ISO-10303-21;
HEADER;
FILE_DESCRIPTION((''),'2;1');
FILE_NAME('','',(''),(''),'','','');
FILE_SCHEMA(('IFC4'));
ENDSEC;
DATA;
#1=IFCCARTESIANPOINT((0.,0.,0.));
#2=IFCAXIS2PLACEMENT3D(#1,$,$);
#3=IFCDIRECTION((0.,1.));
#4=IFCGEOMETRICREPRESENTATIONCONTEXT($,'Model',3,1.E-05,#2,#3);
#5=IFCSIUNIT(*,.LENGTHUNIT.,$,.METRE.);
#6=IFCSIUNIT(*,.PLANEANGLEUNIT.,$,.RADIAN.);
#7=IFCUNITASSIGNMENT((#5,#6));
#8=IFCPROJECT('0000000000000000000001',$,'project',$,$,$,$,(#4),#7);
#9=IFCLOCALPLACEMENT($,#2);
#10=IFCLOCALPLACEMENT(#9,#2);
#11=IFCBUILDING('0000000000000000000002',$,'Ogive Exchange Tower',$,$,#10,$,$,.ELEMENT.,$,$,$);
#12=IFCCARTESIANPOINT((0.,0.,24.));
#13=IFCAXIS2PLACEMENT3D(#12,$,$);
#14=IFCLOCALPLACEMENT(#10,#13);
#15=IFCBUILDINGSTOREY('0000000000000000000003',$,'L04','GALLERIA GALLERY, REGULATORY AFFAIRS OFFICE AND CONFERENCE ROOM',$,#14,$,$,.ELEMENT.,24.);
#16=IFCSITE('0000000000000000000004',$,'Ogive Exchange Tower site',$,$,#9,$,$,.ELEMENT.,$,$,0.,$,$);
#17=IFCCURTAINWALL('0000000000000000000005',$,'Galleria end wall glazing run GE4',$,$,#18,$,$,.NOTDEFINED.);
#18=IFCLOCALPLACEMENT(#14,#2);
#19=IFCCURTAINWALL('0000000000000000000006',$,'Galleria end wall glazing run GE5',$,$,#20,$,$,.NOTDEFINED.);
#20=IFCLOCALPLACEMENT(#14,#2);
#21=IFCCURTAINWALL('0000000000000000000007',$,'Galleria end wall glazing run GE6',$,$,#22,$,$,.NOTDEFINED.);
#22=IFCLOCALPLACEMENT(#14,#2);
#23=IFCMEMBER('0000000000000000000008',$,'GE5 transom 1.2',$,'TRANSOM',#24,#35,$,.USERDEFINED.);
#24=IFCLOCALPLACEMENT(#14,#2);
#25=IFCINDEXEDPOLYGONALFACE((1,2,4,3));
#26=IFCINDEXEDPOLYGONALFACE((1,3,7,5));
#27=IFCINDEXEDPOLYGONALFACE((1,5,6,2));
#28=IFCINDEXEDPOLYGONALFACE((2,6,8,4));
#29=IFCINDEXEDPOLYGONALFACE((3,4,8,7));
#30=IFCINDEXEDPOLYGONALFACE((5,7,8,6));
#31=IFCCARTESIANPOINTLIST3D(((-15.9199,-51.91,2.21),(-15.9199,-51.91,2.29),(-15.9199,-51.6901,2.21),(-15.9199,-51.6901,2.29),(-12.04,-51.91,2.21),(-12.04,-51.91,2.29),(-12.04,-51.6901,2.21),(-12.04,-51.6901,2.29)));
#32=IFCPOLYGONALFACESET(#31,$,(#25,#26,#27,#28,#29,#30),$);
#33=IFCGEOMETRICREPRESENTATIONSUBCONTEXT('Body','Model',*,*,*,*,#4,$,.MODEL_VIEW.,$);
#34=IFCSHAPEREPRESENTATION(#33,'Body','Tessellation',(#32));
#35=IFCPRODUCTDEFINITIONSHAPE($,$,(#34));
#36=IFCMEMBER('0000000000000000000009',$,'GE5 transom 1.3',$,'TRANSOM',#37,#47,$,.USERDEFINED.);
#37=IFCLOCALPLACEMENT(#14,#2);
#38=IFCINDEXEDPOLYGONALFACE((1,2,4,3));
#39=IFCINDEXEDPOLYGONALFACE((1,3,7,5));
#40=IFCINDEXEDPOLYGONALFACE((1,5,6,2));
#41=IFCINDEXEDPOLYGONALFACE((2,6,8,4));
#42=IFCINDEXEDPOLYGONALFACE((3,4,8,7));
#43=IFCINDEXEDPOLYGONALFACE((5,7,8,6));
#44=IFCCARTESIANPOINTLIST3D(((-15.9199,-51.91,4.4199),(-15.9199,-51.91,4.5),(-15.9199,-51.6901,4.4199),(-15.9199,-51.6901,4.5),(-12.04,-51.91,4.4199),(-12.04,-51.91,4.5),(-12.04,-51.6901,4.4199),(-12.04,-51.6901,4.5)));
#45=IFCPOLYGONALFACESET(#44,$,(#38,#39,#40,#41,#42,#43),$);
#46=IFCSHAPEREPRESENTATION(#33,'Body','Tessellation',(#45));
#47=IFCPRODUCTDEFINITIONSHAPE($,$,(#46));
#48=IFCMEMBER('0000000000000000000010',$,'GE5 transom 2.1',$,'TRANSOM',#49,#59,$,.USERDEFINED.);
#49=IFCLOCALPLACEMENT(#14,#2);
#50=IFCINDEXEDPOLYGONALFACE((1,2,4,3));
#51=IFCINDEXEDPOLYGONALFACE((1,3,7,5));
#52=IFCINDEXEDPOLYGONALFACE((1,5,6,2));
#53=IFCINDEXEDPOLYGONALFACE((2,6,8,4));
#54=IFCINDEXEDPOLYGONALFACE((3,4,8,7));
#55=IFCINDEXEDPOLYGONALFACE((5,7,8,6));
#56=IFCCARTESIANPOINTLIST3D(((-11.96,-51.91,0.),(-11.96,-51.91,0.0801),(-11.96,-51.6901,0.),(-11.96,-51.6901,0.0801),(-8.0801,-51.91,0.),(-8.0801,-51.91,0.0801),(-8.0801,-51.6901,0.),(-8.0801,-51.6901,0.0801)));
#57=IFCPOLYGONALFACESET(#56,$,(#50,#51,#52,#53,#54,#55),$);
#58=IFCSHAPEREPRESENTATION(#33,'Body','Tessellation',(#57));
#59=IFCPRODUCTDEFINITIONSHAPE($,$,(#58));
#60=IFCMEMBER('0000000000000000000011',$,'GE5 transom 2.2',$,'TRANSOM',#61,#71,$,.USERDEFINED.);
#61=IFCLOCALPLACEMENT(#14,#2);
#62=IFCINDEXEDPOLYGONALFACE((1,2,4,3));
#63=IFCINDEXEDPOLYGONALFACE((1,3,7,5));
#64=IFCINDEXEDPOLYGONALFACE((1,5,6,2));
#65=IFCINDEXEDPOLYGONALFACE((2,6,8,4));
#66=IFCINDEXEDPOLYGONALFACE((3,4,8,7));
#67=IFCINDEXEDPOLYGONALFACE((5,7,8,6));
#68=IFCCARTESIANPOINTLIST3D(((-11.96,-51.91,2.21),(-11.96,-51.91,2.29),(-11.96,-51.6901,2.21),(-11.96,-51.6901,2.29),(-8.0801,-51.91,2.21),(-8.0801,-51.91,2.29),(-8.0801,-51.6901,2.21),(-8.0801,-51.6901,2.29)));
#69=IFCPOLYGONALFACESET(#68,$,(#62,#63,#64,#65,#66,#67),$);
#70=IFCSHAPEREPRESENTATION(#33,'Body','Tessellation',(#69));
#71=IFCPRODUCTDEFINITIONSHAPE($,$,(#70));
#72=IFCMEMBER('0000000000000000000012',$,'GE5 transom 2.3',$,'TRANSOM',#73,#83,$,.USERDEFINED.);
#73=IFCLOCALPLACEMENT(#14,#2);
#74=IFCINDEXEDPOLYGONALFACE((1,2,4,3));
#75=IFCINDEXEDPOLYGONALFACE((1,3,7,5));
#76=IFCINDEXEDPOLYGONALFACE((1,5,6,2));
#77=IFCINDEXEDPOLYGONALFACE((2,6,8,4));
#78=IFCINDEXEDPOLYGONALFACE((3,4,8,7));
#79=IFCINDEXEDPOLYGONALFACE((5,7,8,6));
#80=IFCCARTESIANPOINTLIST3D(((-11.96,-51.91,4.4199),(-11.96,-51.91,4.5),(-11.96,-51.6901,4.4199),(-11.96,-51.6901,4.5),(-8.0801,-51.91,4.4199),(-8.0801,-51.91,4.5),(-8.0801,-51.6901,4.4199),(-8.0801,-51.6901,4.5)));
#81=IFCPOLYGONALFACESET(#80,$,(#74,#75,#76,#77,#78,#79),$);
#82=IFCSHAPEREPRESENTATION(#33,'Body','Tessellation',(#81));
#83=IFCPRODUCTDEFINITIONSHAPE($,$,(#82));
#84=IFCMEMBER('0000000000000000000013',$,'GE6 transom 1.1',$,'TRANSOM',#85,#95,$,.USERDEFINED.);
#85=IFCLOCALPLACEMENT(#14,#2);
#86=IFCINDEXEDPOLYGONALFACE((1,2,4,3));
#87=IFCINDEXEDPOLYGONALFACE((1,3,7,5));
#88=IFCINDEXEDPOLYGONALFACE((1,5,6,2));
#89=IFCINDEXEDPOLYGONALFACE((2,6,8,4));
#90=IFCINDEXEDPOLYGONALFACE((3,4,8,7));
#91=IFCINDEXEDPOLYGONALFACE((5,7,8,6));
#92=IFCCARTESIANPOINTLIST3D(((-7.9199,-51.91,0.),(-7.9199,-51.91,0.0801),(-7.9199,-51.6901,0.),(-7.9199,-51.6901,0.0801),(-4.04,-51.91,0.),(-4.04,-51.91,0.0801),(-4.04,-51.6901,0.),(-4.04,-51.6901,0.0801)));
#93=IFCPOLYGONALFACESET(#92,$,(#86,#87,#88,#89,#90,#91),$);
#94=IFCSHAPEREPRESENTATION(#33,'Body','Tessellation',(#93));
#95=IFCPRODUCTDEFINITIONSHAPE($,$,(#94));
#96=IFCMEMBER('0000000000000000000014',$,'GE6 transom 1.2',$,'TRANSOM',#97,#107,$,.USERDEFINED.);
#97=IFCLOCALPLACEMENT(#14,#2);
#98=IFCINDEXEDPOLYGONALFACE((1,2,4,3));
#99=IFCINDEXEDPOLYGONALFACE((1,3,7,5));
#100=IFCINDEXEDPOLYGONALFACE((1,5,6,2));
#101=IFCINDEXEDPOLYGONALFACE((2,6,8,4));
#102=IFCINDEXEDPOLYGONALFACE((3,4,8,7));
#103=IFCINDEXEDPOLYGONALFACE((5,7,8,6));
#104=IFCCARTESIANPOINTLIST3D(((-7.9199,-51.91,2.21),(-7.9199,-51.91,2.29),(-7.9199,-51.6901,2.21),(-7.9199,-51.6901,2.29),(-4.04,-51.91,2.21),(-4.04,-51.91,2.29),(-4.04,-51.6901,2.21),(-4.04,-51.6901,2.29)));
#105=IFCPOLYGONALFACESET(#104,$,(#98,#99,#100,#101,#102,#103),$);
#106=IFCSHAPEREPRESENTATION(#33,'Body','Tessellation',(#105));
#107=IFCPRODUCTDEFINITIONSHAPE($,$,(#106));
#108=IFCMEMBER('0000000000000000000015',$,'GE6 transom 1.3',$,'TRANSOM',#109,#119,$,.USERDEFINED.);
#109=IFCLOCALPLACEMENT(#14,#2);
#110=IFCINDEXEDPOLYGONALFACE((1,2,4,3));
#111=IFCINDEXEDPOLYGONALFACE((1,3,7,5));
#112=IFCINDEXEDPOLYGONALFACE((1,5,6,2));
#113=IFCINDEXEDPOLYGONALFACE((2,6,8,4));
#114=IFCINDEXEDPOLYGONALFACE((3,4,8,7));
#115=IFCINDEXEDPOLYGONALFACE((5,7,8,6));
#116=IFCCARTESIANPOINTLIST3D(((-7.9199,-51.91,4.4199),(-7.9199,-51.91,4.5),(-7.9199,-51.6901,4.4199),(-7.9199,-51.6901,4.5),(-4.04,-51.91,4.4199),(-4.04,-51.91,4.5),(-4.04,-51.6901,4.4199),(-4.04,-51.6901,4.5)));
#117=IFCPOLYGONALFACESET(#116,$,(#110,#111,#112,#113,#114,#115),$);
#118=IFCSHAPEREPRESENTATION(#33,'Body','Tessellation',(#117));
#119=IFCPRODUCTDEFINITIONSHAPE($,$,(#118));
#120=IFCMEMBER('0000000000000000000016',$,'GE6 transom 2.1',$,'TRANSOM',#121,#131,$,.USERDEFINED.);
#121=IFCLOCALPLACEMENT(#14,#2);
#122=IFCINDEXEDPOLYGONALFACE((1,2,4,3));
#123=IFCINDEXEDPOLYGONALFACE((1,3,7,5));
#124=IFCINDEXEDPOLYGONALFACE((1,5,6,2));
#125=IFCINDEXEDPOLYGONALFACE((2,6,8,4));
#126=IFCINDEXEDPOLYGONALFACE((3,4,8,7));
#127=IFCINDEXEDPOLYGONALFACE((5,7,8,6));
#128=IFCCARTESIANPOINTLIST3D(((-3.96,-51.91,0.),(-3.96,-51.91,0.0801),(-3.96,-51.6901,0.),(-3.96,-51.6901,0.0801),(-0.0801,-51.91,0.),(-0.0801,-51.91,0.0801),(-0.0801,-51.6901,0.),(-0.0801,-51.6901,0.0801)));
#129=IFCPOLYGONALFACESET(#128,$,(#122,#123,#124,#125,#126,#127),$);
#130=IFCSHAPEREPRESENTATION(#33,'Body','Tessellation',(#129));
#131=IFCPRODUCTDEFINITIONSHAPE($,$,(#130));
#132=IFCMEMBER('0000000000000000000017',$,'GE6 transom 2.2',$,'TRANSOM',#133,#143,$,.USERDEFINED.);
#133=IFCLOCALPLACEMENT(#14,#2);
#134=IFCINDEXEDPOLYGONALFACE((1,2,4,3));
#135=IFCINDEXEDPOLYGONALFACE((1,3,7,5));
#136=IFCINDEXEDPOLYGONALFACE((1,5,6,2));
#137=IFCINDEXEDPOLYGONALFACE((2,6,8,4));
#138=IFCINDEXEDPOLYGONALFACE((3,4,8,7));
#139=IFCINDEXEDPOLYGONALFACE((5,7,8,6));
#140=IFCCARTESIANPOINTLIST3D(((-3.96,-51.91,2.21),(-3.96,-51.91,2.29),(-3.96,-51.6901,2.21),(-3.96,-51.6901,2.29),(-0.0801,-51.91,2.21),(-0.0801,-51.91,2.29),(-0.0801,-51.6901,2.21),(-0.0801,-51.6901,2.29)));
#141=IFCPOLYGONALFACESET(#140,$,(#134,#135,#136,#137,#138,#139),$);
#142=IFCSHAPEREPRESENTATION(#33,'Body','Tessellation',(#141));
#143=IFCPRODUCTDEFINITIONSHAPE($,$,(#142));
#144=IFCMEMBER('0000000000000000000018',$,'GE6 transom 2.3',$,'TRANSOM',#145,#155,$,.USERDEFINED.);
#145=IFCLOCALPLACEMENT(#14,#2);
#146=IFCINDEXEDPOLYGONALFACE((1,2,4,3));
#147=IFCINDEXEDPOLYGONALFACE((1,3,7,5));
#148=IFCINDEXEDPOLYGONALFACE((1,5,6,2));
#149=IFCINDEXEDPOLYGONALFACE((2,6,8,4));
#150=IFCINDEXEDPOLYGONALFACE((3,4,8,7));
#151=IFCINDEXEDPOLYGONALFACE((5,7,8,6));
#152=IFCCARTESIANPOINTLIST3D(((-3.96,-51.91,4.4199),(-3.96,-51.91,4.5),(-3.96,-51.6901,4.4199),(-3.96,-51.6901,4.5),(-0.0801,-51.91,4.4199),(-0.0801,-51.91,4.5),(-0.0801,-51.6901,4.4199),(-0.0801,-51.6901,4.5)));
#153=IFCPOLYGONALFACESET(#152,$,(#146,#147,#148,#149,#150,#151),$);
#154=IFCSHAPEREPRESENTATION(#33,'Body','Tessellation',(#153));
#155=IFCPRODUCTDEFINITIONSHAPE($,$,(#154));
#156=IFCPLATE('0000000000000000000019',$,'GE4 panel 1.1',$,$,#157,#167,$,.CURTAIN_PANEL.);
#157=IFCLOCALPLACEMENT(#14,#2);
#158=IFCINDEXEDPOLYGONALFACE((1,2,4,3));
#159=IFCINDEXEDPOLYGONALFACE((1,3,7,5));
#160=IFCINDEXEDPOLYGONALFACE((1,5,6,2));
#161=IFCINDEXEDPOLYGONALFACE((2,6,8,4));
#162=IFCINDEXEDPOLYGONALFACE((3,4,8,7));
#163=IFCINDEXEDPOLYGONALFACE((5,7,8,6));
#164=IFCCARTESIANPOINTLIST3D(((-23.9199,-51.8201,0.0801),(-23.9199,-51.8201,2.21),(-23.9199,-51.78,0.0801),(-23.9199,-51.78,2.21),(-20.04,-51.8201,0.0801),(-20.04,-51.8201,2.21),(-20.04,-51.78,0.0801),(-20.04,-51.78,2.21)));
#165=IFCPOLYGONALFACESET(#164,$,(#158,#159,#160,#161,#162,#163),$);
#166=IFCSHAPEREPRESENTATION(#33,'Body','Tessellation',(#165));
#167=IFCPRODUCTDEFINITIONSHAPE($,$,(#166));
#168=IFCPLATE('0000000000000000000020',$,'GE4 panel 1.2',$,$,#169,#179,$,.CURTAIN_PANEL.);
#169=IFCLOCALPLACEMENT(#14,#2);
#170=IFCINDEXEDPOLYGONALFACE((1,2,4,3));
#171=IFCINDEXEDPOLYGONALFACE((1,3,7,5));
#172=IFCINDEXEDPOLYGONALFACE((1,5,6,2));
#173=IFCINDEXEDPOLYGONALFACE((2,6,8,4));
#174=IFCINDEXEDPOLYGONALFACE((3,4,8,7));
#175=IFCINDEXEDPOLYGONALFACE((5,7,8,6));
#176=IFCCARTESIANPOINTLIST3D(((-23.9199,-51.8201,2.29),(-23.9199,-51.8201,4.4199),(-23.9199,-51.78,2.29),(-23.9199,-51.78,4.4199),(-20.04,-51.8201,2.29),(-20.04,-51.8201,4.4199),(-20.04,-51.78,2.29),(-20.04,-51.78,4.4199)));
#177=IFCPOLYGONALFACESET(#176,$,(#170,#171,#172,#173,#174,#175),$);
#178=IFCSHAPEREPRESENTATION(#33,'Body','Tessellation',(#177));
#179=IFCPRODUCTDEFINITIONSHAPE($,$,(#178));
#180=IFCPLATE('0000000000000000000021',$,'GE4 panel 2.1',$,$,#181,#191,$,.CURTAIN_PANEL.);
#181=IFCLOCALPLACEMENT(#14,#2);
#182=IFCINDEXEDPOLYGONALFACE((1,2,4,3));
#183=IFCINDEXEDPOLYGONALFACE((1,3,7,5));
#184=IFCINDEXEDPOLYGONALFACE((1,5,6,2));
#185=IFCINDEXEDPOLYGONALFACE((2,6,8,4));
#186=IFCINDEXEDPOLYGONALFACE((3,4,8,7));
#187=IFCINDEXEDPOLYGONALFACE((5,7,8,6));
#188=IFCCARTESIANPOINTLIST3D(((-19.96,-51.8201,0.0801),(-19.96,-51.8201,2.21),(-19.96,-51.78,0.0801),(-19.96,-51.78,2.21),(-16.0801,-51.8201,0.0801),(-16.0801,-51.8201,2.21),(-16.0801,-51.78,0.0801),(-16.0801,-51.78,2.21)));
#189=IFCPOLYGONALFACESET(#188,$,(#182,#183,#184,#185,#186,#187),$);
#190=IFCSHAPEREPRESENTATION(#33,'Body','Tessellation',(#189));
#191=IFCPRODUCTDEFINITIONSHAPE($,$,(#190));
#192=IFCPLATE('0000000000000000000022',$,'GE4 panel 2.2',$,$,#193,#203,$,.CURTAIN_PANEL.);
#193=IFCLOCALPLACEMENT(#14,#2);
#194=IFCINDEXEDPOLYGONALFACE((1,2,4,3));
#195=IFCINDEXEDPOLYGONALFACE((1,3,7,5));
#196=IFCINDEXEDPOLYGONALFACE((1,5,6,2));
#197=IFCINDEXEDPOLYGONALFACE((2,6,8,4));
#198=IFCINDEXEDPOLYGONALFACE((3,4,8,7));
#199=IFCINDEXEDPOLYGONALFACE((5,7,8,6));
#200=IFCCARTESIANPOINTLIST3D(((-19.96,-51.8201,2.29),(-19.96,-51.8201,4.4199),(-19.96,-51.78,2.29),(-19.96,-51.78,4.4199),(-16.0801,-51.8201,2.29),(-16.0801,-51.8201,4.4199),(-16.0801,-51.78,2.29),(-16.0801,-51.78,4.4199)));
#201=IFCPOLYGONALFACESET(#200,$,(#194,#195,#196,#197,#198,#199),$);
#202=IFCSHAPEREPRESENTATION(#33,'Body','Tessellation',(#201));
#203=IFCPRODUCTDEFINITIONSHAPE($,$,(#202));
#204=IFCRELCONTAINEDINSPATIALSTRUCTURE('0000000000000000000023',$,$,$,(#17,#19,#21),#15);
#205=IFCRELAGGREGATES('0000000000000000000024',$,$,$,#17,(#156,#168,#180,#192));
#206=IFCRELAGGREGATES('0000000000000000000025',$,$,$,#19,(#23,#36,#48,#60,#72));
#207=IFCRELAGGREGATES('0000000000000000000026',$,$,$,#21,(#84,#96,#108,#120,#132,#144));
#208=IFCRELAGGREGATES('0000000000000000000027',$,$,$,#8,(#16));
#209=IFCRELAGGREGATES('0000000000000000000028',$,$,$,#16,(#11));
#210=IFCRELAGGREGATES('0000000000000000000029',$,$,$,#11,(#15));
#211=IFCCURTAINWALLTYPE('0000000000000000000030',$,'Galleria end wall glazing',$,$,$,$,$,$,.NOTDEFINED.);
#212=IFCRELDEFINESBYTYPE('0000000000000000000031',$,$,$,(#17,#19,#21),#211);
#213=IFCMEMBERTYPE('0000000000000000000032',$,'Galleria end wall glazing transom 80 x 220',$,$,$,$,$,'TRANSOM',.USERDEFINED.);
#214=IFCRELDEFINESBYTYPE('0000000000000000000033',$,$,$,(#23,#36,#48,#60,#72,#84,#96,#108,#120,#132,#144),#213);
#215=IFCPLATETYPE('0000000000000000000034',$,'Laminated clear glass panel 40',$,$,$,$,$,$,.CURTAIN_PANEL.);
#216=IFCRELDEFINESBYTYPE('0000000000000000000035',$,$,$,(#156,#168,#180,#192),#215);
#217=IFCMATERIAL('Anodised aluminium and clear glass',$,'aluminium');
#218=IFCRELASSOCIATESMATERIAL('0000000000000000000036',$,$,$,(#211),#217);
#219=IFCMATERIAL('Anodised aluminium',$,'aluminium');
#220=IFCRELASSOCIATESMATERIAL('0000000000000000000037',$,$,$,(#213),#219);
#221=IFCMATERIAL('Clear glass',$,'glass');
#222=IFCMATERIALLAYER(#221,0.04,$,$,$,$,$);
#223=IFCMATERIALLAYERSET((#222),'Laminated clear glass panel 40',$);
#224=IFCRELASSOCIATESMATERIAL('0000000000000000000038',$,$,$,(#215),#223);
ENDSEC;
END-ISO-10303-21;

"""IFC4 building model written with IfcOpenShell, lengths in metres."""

from ifc_helpers import new_model, si_unit, direction, frame, origin, origin_2d, place, context, subcontext, project, spatial, rectangle, extrude, material, layer, layer_set, material_profile, profile_set, type_object, element, aggregate, save


model = new_model("IFC4")

# Units and contexts
model_context = context("Model", 3, precision=1e-05, world=origin(), true_north=direction((0.0, 1.0)))
body_context = subcontext(model_context, "Body", "Model", "MODEL_VIEW")
ifc_project = project(units=[si_unit("LENGTHUNIT", "METRE"), si_unit("PLANEANGLEUNIT", "RADIAN")], contexts=[model_context])

# Site, building, storey
site_placement = place(None, origin())
site = spatial("IfcSite", under=ifc_project, at=site_placement, Name="Ogive Exchange Tower site", CompositionType="ELEMENT", RefElevation=0.0)
building_placement = place(site_placement, origin())
building = spatial("IfcBuilding", under=site, at=building_placement, Name="Ogive Exchange Tower", CompositionType="ELEMENT")
storey_placement = place(building_placement, frame((0.0, 0.0, 24.0)))
storey = spatial("IfcBuildingStorey", under=building, at=storey_placement, Name="L04", Description="GALLERIA GALLERY, REGULATORY AFFAIRS OFFICE AND CONFERENCE ROOM", CompositionType="ELEMENT", Elevation=24.0)

# Curtain walls
ifc_material_1 = material(Name="Anodised aluminium and clear glass", Category="aluminium")
curtain_wall_type = type_object("IfcCurtainWallType", Name="Galleria end wall glazing", PredefinedType="NOTDEFINED", material=ifc_material_1)
curtain_wall_1_placement = place(storey_placement, origin())
curtain_wall_1 = element("IfcCurtainWall", 1, at=curtain_wall_1_placement, inside=storey, type_object=curtain_wall_type, Name="Galleria end wall glazing run GE4", PredefinedType="NOTDEFINED")
ifc_material_2 = material(Name="Anodised aluminium", Category="aluminium")
curtain_wall_2_placement = place(storey_placement, origin())
curtain_wall_2 = element("IfcCurtainWall", 2, at=curtain_wall_2_placement, inside=storey, type_object=curtain_wall_type, Name="Galleria end wall glazing run GE5", PredefinedType="NOTDEFINED")
curtain_wall_3_placement = place(storey_placement, origin())
curtain_wall_3 = element("IfcCurtainWall", 3, at=curtain_wall_3_placement, inside=storey, type_object=curtain_wall_type, Name="Galleria end wall glazing run GE6", PredefinedType="NOTDEFINED")

# Members
ifc_material_profile_1 = material_profile(ifc_material_2, rectangle(XDim=0.22, YDim=0.0801, at=origin_2d()), Name="AL 80x220")
ifc_profile_set_1 = profile_set([ifc_material_profile_1], Name="Anodised aluminium")
member_type_1 = type_object("IfcMemberType", Name="Galleria end wall glazing transom 80 x 220", ElementType="TRANSOM", PredefinedType="USERDEFINED", material=ifc_profile_set_1)
member_1_placement = place(storey_placement, frame((-15.9199, -51.8, 2.25), z_axis=(1.0, 0.0, 0.0), x_axis=(0.0, 1.0, 0.0)))
member_1 = element("IfcMember", 4, at=member_1_placement, type_object=member_type_1, Name="GE5 transom 1.2", ObjectType="TRANSOM", PredefinedType="USERDEFINED", context=body_context, shape_type="SweptSolid", body=[
    extrude(rectangle(XDim=0.22, YDim=0.0801, at=origin_2d()), origin(), (0.0, 0.0, 1.0), 3.8799),
])
member_2_placement = place(storey_placement, frame((-15.9199, -51.8, 4.46), z_axis=(1.0, 0.0, 0.0), x_axis=(0.0, 1.0, 0.0)))
member_2 = element("IfcMember", 5, at=member_2_placement, type_object=member_type_1, Name="GE5 transom 1.3", ObjectType="TRANSOM", PredefinedType="USERDEFINED", context=body_context, shape_type="SweptSolid", body=[
    extrude(rectangle(XDim=0.22, YDim=0.0801, at=origin_2d()), origin(), (0.0, 0.0, 1.0), 3.8799),
])
member_3_placement = place(storey_placement, frame((-11.96, -51.8, 0.04), z_axis=(1.0, 0.0, 0.0), x_axis=(0.0, 1.0, 0.0)))
member_3 = element("IfcMember", 6, at=member_3_placement, type_object=member_type_1, Name="GE5 transom 2.1", ObjectType="TRANSOM", PredefinedType="USERDEFINED", context=body_context, shape_type="SweptSolid", body=[
    extrude(rectangle(XDim=0.22, YDim=0.0801, at=origin_2d()), origin(), (0.0, 0.0, 1.0), 3.8799),
])
member_4_placement = place(storey_placement, frame((-11.96, -51.8, 2.25), z_axis=(1.0, 0.0, 0.0), x_axis=(0.0, 1.0, 0.0)))
member_4 = element("IfcMember", 7, at=member_4_placement, type_object=member_type_1, Name="GE5 transom 2.2", ObjectType="TRANSOM", PredefinedType="USERDEFINED", context=body_context, shape_type="SweptSolid", body=[
    extrude(rectangle(XDim=0.22, YDim=0.0801, at=origin_2d()), origin(), (0.0, 0.0, 1.0), 3.8799),
])
member_5_placement = place(storey_placement, frame((-11.96, -51.8, 4.46), z_axis=(1.0, 0.0, 0.0), x_axis=(0.0, 1.0, 0.0)))
member_5 = element("IfcMember", 8, at=member_5_placement, type_object=member_type_1, Name="GE5 transom 2.3", ObjectType="TRANSOM", PredefinedType="USERDEFINED", context=body_context, shape_type="SweptSolid", body=[
    extrude(rectangle(XDim=0.22, YDim=0.0801, at=origin_2d()), origin(), (0.0, 0.0, 1.0), 3.8799),
])
member_6_placement = place(storey_placement, frame((-7.9199, -51.8, 0.04), z_axis=(1.0, 0.0, 0.0), x_axis=(0.0, 1.0, 0.0)))
member_6 = element("IfcMember", 9, at=member_6_placement, type_object=member_type_1, Name="GE6 transom 1.1", ObjectType="TRANSOM", PredefinedType="USERDEFINED", context=body_context, shape_type="SweptSolid", body=[
    extrude(rectangle(XDim=0.22, YDim=0.0801, at=origin_2d()), origin(), (0.0, 0.0, 1.0), 3.8799),
])
member_7_placement = place(storey_placement, frame((-7.9199, -51.8, 2.25), z_axis=(1.0, 0.0, 0.0), x_axis=(0.0, 1.0, 0.0)))
member_7 = element("IfcMember", 10, at=member_7_placement, type_object=member_type_1, Name="GE6 transom 1.2", ObjectType="TRANSOM", PredefinedType="USERDEFINED", context=body_context, shape_type="SweptSolid", body=[
    extrude(rectangle(XDim=0.22, YDim=0.0801, at=origin_2d()), origin(), (0.0, 0.0, 1.0), 3.8799),
])
member_8_placement = place(storey_placement, frame((-7.9199, -51.8, 4.46), z_axis=(1.0, 0.0, 0.0), x_axis=(0.0, 1.0, 0.0)))
member_8 = element("IfcMember", 11, at=member_8_placement, type_object=member_type_1, Name="GE6 transom 1.3", ObjectType="TRANSOM", PredefinedType="USERDEFINED", context=body_context, shape_type="SweptSolid", body=[
    extrude(rectangle(XDim=0.22, YDim=0.0801, at=origin_2d()), origin(), (0.0, 0.0, 1.0), 3.8799),
])
member_9_placement = place(storey_placement, frame((-3.96, -51.8, 0.04), z_axis=(1.0, 0.0, 0.0), x_axis=(0.0, 1.0, 0.0)))
member_9 = element("IfcMember", 12, at=member_9_placement, type_object=member_type_1, Name="GE6 transom 2.1", ObjectType="TRANSOM", PredefinedType="USERDEFINED", context=body_context, shape_type="SweptSolid", body=[
    extrude(rectangle(XDim=0.22, YDim=0.0801, at=origin_2d()), origin(), (0.0, 0.0, 1.0), 3.8799),
])
member_10_placement = place(storey_placement, frame((-3.96, -51.8, 2.25), z_axis=(1.0, 0.0, 0.0), x_axis=(0.0, 1.0, 0.0)))
member_10 = element("IfcMember", 13, at=member_10_placement, type_object=member_type_1, Name="GE6 transom 2.2", ObjectType="TRANSOM", PredefinedType="USERDEFINED", context=body_context, shape_type="SweptSolid", body=[
    extrude(rectangle(XDim=0.22, YDim=0.0801, at=origin_2d()), origin(), (0.0, 0.0, 1.0), 3.8799),
])
member_11_placement = place(storey_placement, frame((-3.96, -51.8, 4.46), z_axis=(1.0, 0.0, 0.0), x_axis=(0.0, 1.0, 0.0)))
member_11 = element("IfcMember", 14, at=member_11_placement, type_object=member_type_1, Name="GE6 transom 2.3", ObjectType="TRANSOM", PredefinedType="USERDEFINED", context=body_context, shape_type="SweptSolid", body=[
    extrude(rectangle(XDim=0.22, YDim=0.0801, at=origin_2d()), origin(), (0.0, 0.0, 1.0), 3.8799),
])

# Plates
ifc_material_3 = material(Name="Clear glass", Category="glass")
ifc_layer = layer(ifc_material_3, 0.04)
ifc_layer_set = layer_set([ifc_layer], Name="Laminated clear glass panel 40")
plate_type = type_object("IfcPlateType", Name="Laminated clear glass panel 40", PredefinedType="CURTAIN_PANEL", material=ifc_layer_set)
plate_1_placement = place(storey_placement, frame((-21.98, -51.8, 0.0801), z_axis=(0.0, 0.0, 1.0), x_axis=(1.0, 0.0, 0.0)))
plate_1 = element("IfcPlate", 15, at=plate_1_placement, type_object=plate_type, Name="GE4 panel 1.1", PredefinedType="CURTAIN_PANEL", context=body_context, shape_type="SweptSolid", body=[
    extrude(rectangle(XDim=3.8799, YDim=0.04, at=origin_2d()), origin(), (0.0, 0.0, 1.0), 2.1299),
])
plate_2_placement = place(storey_placement, frame((-21.98, -51.8, 2.29), z_axis=(0.0, 0.0, 1.0), x_axis=(1.0, 0.0, 0.0)))
plate_2 = element("IfcPlate", 16, at=plate_2_placement, type_object=plate_type, Name="GE4 panel 1.2", PredefinedType="CURTAIN_PANEL", context=body_context, shape_type="SweptSolid", body=[
    extrude(rectangle(XDim=3.8799, YDim=0.04, at=origin_2d()), origin(), (0.0, 0.0, 1.0), 2.1299),
])
plate_3_placement = place(storey_placement, frame((-18.02, -51.8, 0.0801), z_axis=(0.0, 0.0, 1.0), x_axis=(1.0, 0.0, 0.0)))
plate_3 = element("IfcPlate", 17, at=plate_3_placement, type_object=plate_type, Name="GE4 panel 2.1", PredefinedType="CURTAIN_PANEL", context=body_context, shape_type="SweptSolid", body=[
    extrude(rectangle(XDim=3.8799, YDim=0.04, at=origin_2d()), origin(), (0.0, 0.0, 1.0), 2.1299),
])
plate_4_placement = place(storey_placement, frame((-18.02, -51.8, 2.29), z_axis=(0.0, 0.0, 1.0), x_axis=(1.0, 0.0, 0.0)))
plate_4 = element("IfcPlate", 18, at=plate_4_placement, type_object=plate_type, Name="GE4 panel 2.2", PredefinedType="CURTAIN_PANEL", context=body_context, shape_type="SweptSolid", body=[
    extrude(rectangle(XDim=3.8799, YDim=0.04, at=origin_2d()), origin(), (0.0, 0.0, 1.0), 2.1299),
])
aggregate(curtain_wall_1, [plate_1, plate_2, plate_3, plate_4])
aggregate(curtain_wall_2, [member_1, member_2, member_3, member_4, member_5])
aggregate(curtain_wall_3, [member_6, member_7, member_8, member_9, member_10, member_11])

save(model, "model.ifc")
